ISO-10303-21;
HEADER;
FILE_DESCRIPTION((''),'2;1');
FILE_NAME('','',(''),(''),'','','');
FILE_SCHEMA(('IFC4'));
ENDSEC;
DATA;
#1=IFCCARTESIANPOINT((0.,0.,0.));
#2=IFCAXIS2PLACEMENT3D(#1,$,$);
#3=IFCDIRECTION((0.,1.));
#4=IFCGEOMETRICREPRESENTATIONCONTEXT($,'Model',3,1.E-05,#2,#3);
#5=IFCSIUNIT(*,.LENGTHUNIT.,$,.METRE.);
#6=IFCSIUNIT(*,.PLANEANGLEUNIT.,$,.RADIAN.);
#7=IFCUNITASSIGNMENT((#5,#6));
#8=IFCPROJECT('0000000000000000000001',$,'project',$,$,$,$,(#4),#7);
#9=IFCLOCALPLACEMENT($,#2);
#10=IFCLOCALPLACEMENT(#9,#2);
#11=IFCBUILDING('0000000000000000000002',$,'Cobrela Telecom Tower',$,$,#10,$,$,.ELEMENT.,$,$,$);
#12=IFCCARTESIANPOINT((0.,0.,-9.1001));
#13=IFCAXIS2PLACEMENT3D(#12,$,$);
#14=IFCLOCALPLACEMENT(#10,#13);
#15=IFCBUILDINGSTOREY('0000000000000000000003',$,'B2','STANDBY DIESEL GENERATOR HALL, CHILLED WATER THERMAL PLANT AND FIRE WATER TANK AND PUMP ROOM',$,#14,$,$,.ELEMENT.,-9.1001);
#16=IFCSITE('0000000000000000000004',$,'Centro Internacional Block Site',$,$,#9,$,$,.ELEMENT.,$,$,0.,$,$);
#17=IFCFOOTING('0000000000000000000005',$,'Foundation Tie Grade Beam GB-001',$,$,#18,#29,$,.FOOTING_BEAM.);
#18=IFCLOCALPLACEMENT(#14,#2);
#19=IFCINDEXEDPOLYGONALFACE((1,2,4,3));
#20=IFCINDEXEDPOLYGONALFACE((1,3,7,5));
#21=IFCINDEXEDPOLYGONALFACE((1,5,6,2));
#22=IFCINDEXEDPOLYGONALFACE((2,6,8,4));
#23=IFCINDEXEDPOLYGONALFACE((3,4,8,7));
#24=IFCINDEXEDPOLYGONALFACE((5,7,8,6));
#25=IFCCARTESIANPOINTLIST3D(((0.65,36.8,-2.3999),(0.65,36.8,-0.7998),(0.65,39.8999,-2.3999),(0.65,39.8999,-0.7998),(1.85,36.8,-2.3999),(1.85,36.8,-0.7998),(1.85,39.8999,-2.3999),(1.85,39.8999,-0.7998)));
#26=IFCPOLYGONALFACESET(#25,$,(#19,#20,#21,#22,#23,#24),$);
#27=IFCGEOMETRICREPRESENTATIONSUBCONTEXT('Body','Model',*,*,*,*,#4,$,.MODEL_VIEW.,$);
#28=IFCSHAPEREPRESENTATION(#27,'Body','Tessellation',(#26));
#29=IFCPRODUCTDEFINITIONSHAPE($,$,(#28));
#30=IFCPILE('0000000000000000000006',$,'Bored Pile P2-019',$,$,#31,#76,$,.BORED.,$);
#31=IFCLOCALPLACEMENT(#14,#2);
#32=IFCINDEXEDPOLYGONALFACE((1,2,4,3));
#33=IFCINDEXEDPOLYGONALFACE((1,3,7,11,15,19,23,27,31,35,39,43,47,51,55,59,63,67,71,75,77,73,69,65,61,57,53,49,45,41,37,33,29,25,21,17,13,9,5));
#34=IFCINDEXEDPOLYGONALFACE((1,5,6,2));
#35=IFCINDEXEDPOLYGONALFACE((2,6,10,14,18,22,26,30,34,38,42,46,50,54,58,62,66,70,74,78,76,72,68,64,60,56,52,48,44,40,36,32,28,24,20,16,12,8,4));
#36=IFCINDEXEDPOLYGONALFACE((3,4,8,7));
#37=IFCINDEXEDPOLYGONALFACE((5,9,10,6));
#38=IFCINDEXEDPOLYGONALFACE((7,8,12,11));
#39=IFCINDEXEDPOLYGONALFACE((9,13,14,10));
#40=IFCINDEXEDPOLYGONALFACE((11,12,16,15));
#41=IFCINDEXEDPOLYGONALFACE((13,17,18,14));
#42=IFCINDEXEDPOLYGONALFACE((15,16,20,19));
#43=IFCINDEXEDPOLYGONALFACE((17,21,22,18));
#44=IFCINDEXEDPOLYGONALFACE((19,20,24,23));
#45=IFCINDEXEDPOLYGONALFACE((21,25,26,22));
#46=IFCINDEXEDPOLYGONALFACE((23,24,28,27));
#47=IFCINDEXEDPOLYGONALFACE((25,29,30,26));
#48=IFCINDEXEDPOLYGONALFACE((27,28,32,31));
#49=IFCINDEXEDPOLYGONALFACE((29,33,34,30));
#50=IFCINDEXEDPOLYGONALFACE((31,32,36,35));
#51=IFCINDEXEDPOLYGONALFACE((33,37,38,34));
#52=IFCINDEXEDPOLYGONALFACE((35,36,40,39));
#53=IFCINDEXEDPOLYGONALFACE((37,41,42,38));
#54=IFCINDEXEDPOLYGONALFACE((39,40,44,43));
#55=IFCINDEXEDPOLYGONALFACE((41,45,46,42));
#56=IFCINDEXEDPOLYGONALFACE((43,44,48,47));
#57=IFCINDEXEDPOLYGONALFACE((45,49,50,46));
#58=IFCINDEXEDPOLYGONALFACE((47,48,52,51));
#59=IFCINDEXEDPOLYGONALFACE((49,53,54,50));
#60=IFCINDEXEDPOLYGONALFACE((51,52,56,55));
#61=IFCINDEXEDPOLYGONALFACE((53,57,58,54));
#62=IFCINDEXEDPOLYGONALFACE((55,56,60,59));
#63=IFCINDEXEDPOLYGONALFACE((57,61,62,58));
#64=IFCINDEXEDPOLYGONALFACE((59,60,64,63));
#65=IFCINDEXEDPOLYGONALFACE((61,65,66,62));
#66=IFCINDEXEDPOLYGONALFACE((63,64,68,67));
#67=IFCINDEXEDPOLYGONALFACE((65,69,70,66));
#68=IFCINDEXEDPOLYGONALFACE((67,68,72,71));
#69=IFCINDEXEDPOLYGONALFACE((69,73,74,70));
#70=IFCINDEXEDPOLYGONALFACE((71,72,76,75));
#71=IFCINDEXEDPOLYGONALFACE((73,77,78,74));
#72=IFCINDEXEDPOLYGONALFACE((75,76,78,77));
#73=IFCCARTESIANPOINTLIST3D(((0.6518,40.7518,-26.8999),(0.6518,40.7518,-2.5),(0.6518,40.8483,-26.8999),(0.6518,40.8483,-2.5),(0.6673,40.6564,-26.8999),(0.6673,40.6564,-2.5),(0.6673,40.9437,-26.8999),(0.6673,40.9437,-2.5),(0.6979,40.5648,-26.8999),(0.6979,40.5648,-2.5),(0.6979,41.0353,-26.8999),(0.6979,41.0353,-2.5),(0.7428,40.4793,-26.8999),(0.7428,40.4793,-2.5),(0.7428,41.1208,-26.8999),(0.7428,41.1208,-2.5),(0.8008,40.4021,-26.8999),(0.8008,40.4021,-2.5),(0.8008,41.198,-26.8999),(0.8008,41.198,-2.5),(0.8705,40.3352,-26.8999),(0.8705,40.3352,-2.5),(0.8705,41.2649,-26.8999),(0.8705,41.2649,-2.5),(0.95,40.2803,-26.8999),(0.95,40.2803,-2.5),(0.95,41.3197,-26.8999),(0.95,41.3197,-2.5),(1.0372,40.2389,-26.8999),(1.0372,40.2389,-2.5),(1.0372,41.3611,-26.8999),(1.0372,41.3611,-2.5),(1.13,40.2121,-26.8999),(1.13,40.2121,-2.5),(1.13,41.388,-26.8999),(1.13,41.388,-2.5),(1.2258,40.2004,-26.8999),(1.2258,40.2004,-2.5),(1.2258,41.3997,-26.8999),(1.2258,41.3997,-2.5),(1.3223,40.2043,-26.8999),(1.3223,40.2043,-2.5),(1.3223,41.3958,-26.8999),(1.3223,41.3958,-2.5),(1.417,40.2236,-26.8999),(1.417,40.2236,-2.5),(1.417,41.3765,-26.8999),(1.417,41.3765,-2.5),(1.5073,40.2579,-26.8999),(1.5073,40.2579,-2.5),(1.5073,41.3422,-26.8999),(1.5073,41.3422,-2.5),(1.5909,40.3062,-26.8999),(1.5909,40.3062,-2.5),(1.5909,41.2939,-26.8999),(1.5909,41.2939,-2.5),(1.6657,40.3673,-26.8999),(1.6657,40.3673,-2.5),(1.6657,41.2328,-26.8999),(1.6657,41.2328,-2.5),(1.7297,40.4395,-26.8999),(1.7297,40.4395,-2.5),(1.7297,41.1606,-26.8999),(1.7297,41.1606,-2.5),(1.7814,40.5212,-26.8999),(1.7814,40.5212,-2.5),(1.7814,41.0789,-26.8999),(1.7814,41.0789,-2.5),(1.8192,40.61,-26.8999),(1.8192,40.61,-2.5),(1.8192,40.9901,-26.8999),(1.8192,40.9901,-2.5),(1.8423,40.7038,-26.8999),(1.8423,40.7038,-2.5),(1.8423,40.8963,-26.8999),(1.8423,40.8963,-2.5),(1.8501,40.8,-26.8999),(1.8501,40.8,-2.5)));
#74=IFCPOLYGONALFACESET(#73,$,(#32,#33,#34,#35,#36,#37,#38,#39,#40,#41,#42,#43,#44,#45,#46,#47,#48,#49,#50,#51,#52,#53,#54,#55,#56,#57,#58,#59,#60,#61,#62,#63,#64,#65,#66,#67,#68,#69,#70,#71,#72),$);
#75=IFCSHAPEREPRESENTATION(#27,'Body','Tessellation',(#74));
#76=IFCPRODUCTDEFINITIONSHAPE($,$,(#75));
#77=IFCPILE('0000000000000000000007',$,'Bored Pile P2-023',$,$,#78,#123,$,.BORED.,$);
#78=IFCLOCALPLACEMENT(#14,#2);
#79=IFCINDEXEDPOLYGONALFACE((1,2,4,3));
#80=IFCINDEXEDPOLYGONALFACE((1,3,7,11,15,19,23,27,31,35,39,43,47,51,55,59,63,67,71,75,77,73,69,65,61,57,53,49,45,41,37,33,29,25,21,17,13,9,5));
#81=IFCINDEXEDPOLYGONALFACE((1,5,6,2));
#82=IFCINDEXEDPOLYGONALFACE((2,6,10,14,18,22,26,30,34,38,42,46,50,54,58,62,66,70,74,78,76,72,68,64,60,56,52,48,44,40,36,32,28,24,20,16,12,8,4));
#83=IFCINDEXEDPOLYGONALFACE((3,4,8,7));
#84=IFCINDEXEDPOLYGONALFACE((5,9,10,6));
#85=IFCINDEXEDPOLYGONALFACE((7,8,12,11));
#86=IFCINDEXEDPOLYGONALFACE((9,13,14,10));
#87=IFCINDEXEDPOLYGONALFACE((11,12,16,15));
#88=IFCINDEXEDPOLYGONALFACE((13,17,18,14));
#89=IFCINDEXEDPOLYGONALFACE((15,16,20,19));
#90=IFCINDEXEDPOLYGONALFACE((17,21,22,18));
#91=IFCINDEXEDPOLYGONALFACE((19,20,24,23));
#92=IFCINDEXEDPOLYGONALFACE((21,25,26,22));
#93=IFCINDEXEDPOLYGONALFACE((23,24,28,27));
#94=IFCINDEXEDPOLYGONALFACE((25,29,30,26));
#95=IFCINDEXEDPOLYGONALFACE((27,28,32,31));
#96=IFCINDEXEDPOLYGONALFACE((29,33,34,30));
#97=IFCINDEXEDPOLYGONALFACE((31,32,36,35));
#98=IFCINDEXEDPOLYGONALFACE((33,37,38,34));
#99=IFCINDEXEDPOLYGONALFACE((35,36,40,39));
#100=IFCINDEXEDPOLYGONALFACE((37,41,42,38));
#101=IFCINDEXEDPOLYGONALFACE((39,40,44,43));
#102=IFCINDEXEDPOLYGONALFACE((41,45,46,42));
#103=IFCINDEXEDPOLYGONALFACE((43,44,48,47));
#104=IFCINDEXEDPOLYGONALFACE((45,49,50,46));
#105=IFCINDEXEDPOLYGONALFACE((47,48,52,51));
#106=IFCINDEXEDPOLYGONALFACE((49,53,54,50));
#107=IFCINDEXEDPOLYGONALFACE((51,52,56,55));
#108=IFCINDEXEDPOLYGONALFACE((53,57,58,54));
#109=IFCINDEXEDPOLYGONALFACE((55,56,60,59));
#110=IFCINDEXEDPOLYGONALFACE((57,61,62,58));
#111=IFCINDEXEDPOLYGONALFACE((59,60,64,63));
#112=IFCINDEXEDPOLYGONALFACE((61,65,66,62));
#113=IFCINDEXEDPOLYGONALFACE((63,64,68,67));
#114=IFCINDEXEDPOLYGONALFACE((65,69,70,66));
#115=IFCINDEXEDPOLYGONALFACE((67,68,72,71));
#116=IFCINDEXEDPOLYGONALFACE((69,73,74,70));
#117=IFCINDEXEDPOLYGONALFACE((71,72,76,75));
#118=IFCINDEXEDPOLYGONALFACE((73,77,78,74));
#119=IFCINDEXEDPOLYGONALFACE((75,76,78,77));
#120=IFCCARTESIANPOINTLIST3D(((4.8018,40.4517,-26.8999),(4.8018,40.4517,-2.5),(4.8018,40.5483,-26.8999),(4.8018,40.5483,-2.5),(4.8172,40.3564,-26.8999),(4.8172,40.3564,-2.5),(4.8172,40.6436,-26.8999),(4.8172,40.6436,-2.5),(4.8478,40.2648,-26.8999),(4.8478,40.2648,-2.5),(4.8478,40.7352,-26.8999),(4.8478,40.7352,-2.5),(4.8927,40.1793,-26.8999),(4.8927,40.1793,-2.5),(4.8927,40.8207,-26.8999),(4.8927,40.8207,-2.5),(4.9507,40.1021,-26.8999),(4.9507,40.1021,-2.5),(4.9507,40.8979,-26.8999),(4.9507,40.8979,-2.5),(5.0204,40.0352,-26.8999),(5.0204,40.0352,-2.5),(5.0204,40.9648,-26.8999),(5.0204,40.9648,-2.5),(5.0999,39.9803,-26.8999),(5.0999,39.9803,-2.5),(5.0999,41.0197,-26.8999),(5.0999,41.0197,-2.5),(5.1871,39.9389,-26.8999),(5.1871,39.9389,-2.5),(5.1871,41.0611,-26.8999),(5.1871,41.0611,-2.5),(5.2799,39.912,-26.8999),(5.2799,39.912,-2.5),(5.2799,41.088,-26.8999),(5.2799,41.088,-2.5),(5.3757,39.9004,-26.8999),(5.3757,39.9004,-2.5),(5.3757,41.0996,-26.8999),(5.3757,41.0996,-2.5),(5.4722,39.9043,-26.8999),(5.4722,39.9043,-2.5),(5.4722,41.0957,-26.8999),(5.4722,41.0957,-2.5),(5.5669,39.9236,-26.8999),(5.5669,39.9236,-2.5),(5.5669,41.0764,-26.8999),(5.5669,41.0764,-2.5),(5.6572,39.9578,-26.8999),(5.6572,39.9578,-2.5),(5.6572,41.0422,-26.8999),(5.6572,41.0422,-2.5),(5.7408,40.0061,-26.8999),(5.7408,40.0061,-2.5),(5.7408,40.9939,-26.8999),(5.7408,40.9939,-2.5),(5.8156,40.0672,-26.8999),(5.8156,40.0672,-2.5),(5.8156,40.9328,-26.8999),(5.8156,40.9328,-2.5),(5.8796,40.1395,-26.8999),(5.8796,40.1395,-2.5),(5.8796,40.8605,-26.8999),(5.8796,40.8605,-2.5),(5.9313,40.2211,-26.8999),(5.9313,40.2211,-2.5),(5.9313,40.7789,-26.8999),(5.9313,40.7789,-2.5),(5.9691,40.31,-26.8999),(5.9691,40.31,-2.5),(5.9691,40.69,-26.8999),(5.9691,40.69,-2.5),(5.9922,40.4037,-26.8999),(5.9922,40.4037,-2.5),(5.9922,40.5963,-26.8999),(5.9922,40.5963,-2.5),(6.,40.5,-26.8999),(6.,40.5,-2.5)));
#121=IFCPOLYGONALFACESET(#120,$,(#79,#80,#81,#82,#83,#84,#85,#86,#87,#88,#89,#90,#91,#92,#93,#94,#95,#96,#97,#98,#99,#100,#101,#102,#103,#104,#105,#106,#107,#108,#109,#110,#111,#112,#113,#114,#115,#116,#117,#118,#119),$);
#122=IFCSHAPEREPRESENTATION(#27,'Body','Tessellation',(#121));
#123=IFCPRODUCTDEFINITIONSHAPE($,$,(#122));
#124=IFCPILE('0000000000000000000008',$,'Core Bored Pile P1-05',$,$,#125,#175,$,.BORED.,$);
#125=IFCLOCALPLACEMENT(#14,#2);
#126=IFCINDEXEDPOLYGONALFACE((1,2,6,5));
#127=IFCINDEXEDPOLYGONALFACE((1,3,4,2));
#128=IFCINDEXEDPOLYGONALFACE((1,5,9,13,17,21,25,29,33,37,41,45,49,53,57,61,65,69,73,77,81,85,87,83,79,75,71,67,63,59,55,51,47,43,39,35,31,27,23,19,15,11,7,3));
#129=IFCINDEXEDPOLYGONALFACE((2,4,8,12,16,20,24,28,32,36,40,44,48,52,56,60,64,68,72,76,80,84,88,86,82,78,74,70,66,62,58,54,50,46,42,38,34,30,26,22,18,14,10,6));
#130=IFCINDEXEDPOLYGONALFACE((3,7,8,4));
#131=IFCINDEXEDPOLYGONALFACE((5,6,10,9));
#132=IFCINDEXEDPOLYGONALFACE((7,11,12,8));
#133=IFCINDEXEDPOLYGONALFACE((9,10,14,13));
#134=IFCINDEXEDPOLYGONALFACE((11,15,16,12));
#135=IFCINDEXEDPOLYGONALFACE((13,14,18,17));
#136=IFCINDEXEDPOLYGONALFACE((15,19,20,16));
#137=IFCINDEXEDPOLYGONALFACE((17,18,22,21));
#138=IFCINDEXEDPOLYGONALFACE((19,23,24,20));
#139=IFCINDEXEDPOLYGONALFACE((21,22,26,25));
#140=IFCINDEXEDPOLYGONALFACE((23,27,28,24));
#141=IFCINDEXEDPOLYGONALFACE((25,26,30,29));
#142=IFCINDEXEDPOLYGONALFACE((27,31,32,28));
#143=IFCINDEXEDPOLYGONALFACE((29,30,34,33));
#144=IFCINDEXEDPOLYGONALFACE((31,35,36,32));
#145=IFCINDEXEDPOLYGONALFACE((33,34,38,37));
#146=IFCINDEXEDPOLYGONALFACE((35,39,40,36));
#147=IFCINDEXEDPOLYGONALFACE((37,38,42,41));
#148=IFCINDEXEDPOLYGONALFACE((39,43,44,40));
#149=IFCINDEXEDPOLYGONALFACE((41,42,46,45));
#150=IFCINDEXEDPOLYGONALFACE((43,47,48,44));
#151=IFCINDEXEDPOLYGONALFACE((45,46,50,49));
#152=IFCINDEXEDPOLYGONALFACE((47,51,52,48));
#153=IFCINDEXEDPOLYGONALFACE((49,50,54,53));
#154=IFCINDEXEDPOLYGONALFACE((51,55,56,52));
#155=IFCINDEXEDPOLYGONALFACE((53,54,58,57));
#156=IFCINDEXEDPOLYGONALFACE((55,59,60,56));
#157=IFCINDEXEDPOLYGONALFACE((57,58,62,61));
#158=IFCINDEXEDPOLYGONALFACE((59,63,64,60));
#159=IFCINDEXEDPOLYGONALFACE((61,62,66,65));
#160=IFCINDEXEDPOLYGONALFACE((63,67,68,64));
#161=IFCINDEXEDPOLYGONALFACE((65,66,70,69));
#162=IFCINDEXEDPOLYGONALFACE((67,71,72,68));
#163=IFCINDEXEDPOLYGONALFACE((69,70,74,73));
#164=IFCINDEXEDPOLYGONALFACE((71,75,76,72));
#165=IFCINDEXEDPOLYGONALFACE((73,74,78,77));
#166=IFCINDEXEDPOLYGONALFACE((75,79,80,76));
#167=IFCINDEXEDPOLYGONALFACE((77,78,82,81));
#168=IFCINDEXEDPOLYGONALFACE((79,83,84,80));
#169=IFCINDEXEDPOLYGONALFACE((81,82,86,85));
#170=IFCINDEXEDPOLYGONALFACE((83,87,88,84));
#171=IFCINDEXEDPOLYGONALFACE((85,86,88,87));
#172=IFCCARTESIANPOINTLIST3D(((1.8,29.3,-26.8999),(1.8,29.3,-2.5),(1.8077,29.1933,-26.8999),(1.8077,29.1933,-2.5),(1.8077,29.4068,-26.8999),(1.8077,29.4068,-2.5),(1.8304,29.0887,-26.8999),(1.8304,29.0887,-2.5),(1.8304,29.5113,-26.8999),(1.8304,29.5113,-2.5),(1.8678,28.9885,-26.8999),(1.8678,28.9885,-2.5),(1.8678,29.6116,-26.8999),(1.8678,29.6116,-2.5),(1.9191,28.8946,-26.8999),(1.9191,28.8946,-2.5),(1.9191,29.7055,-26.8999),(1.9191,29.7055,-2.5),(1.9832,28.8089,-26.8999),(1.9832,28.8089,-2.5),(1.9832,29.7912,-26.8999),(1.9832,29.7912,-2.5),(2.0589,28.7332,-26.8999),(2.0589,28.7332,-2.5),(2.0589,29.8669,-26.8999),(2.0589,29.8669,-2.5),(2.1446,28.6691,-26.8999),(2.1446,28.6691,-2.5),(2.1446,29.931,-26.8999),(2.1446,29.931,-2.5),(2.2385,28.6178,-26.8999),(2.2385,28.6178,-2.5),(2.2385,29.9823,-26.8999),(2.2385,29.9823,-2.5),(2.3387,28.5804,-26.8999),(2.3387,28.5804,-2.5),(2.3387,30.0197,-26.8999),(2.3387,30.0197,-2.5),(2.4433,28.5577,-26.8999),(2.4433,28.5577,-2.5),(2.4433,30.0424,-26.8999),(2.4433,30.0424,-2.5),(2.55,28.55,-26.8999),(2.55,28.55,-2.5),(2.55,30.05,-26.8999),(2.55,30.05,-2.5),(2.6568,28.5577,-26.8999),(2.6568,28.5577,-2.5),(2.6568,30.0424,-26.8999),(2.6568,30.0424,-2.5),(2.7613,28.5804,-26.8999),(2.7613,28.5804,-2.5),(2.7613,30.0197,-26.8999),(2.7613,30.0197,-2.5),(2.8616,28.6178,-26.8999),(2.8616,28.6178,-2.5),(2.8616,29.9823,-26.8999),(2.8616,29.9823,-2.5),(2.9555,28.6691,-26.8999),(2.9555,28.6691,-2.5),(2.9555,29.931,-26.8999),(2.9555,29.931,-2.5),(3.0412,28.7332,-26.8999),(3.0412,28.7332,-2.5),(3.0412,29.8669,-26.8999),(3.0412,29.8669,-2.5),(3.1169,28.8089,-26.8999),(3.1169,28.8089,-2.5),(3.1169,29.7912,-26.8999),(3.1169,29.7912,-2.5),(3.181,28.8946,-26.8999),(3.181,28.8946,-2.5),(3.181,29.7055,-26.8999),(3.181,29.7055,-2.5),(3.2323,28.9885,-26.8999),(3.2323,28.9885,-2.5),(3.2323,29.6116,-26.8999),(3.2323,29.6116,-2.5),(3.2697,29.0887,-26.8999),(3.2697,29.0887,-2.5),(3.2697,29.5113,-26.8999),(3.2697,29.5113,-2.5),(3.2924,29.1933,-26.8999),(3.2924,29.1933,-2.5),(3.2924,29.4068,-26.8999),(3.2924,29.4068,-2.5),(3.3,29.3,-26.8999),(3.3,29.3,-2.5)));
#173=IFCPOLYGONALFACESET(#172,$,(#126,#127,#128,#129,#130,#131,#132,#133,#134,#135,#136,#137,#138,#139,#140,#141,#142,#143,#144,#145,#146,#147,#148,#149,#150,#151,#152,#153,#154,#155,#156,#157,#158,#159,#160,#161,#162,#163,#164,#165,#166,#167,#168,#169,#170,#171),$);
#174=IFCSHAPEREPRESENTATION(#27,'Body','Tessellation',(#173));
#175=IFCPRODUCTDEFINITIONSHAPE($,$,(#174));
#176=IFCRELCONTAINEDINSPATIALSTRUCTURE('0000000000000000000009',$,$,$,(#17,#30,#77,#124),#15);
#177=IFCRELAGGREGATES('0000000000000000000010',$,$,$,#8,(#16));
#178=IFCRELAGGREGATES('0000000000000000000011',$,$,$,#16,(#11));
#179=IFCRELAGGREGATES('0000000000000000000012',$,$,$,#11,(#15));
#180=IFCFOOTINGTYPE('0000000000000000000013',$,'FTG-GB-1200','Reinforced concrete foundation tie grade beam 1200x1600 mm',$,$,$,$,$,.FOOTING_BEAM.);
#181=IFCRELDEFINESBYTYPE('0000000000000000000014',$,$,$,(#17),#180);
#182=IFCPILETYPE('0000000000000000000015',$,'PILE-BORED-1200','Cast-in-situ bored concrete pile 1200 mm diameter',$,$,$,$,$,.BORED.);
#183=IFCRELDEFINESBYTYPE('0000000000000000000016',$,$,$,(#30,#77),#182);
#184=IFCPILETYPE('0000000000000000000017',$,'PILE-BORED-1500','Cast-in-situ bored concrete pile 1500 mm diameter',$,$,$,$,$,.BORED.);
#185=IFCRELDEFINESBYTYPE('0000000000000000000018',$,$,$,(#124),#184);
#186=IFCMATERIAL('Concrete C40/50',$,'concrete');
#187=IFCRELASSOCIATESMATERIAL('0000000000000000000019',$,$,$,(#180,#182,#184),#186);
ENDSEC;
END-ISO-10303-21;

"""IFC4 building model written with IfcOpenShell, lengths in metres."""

from ifc_helpers import new_model, si_unit, direction, frame, origin, origin_2d, place, context, subcontext, project, spatial, rectangle, circle, extrude, material, material_profile, profile_set, type_object, element, save


model = new_model("IFC4")

# Units and contexts
model_context = context("Model", 3, precision=1e-05, world=origin(), true_north=direction((0.0, 1.0)))
body_context = subcontext(model_context, "Body", "Model", "MODEL_VIEW")
ifc_project = project(units=[si_unit("LENGTHUNIT", "METRE"), si_unit("PLANEANGLEUNIT", "RADIAN")], contexts=[model_context])

# Site, building, storey
site_placement = place(None, origin())
site = spatial("IfcSite", under=ifc_project, at=site_placement, Name="Centro Internacional Block Site", CompositionType="ELEMENT", RefElevation=0.0)
building_placement = place(site_placement, origin())
building = spatial("IfcBuilding", under=site, at=building_placement, Name="Cobrela Telecom Tower", CompositionType="ELEMENT")
storey_placement = place(building_placement, frame((0.0, 0.0, -9.1001)))
storey = spatial("IfcBuildingStorey", under=building, at=storey_placement, Name="B2", Description="STANDBY DIESEL GENERATOR HALL, CHILLED WATER THERMAL PLANT AND FIRE WATER TANK AND PUMP ROOM", CompositionType="ELEMENT", Elevation=-9.1001)

# Footing
ifc_material_1 = material(Name="Concrete C40/50", Category="concrete")
ifc_material_profile_1 = material_profile(ifc_material_1, rectangle(XDim=1.2, YDim=1.6001, at=origin_2d()), Name="GB 1200x1600")
ifc_profile_set_1 = profile_set([ifc_material_profile_1], Name="Concrete C40/50")
footing_type = type_object("IfcFootingType", Name="FTG-GB-1200", Description="Reinforced concrete foundation tie grade beam 1200x1600 mm", PredefinedType="FOOTING_BEAM", material=ifc_profile_set_1)
footing_placement = place(storey_placement, frame((1.25, 36.8, -1.5999), z_axis=(0.0, 1.0, 0.0), x_axis=(-1.0, 0.0, 0.0)))
element("IfcFooting", 1, at=footing_placement, inside=storey, type_object=footing_type, Name="Foundation Tie Grade Beam GB-001", PredefinedType="FOOTING_BEAM", context=body_context, shape_type="SweptSolid", body=[
    extrude(rectangle(XDim=1.2, YDim=1.6001, at=origin_2d()), origin(), (0.0, 0.0, 1.0), 3.0999),
])

# Piles
ifc_material_profile_2 = material_profile(ifc_material_1, circle(Radius=0.6001, at=origin_2d()), Name="BORED PILE D1200")
ifc_profile_set_2 = profile_set([ifc_material_profile_2], Name="Concrete C40/50")
pile_type_1 = type_object("IfcPileType", Name="PILE-BORED-1200", Description="Cast-in-situ bored concrete pile 1200 mm diameter", PredefinedType="BORED", material=ifc_profile_set_2)
for number, where, z_axis, x_axis, name in (
    (2, (1.25, 40.8, -2.5), (0.0, 0.0, -1.0), (1.0, 0.0, 0.0), "Bored Pile P2-019"),
    (3, (5.3999, 40.5, -2.5), (0.0, 0.0, -1.0), (1.0, 0.0, 0.0), "Bored Pile P2-023"),
):
    element("IfcPile", number, at=place(storey_placement, frame(where, z_axis=z_axis, x_axis=x_axis)), inside=storey, type_object=pile_type_1, Name=name, PredefinedType="BORED", context=body_context, shape_type="SweptSolid", body=[
        extrude(circle(Radius=0.6001, at=origin_2d()), origin(), (0.0, 0.0, 1.0), 24.3999),
    ])
ifc_material_profile_3 = material_profile(ifc_material_1, circle(Radius=0.75, at=origin_2d()), Name="BORED PILE D1500")
ifc_profile_set_3 = profile_set([ifc_material_profile_3], Name="Concrete C40/50")
pile_type_2 = type_object("IfcPileType", Name="PILE-BORED-1500", Description="Cast-in-situ bored concrete pile 1500 mm diameter", PredefinedType="BORED", material=ifc_profile_set_3)
for number, where, z_axis, x_axis, name in (
    (4, (2.55, 29.3, -2.5), (0.0, 0.0, -1.0), (1.0, 0.0, 0.0), "Core Bored Pile P1-05"),
):
    element("IfcPile", number, at=place(storey_placement, frame(where, z_axis=z_axis, x_axis=x_axis)), inside=storey, type_object=pile_type_2, Name=name, PredefinedType="BORED", context=body_context, shape_type="SweptSolid", body=[
        extrude(circle(Radius=0.75, at=origin_2d()), origin(), (0.0, 0.0, 1.0), 24.3999),
    ])

save(model, "model.ifc")
